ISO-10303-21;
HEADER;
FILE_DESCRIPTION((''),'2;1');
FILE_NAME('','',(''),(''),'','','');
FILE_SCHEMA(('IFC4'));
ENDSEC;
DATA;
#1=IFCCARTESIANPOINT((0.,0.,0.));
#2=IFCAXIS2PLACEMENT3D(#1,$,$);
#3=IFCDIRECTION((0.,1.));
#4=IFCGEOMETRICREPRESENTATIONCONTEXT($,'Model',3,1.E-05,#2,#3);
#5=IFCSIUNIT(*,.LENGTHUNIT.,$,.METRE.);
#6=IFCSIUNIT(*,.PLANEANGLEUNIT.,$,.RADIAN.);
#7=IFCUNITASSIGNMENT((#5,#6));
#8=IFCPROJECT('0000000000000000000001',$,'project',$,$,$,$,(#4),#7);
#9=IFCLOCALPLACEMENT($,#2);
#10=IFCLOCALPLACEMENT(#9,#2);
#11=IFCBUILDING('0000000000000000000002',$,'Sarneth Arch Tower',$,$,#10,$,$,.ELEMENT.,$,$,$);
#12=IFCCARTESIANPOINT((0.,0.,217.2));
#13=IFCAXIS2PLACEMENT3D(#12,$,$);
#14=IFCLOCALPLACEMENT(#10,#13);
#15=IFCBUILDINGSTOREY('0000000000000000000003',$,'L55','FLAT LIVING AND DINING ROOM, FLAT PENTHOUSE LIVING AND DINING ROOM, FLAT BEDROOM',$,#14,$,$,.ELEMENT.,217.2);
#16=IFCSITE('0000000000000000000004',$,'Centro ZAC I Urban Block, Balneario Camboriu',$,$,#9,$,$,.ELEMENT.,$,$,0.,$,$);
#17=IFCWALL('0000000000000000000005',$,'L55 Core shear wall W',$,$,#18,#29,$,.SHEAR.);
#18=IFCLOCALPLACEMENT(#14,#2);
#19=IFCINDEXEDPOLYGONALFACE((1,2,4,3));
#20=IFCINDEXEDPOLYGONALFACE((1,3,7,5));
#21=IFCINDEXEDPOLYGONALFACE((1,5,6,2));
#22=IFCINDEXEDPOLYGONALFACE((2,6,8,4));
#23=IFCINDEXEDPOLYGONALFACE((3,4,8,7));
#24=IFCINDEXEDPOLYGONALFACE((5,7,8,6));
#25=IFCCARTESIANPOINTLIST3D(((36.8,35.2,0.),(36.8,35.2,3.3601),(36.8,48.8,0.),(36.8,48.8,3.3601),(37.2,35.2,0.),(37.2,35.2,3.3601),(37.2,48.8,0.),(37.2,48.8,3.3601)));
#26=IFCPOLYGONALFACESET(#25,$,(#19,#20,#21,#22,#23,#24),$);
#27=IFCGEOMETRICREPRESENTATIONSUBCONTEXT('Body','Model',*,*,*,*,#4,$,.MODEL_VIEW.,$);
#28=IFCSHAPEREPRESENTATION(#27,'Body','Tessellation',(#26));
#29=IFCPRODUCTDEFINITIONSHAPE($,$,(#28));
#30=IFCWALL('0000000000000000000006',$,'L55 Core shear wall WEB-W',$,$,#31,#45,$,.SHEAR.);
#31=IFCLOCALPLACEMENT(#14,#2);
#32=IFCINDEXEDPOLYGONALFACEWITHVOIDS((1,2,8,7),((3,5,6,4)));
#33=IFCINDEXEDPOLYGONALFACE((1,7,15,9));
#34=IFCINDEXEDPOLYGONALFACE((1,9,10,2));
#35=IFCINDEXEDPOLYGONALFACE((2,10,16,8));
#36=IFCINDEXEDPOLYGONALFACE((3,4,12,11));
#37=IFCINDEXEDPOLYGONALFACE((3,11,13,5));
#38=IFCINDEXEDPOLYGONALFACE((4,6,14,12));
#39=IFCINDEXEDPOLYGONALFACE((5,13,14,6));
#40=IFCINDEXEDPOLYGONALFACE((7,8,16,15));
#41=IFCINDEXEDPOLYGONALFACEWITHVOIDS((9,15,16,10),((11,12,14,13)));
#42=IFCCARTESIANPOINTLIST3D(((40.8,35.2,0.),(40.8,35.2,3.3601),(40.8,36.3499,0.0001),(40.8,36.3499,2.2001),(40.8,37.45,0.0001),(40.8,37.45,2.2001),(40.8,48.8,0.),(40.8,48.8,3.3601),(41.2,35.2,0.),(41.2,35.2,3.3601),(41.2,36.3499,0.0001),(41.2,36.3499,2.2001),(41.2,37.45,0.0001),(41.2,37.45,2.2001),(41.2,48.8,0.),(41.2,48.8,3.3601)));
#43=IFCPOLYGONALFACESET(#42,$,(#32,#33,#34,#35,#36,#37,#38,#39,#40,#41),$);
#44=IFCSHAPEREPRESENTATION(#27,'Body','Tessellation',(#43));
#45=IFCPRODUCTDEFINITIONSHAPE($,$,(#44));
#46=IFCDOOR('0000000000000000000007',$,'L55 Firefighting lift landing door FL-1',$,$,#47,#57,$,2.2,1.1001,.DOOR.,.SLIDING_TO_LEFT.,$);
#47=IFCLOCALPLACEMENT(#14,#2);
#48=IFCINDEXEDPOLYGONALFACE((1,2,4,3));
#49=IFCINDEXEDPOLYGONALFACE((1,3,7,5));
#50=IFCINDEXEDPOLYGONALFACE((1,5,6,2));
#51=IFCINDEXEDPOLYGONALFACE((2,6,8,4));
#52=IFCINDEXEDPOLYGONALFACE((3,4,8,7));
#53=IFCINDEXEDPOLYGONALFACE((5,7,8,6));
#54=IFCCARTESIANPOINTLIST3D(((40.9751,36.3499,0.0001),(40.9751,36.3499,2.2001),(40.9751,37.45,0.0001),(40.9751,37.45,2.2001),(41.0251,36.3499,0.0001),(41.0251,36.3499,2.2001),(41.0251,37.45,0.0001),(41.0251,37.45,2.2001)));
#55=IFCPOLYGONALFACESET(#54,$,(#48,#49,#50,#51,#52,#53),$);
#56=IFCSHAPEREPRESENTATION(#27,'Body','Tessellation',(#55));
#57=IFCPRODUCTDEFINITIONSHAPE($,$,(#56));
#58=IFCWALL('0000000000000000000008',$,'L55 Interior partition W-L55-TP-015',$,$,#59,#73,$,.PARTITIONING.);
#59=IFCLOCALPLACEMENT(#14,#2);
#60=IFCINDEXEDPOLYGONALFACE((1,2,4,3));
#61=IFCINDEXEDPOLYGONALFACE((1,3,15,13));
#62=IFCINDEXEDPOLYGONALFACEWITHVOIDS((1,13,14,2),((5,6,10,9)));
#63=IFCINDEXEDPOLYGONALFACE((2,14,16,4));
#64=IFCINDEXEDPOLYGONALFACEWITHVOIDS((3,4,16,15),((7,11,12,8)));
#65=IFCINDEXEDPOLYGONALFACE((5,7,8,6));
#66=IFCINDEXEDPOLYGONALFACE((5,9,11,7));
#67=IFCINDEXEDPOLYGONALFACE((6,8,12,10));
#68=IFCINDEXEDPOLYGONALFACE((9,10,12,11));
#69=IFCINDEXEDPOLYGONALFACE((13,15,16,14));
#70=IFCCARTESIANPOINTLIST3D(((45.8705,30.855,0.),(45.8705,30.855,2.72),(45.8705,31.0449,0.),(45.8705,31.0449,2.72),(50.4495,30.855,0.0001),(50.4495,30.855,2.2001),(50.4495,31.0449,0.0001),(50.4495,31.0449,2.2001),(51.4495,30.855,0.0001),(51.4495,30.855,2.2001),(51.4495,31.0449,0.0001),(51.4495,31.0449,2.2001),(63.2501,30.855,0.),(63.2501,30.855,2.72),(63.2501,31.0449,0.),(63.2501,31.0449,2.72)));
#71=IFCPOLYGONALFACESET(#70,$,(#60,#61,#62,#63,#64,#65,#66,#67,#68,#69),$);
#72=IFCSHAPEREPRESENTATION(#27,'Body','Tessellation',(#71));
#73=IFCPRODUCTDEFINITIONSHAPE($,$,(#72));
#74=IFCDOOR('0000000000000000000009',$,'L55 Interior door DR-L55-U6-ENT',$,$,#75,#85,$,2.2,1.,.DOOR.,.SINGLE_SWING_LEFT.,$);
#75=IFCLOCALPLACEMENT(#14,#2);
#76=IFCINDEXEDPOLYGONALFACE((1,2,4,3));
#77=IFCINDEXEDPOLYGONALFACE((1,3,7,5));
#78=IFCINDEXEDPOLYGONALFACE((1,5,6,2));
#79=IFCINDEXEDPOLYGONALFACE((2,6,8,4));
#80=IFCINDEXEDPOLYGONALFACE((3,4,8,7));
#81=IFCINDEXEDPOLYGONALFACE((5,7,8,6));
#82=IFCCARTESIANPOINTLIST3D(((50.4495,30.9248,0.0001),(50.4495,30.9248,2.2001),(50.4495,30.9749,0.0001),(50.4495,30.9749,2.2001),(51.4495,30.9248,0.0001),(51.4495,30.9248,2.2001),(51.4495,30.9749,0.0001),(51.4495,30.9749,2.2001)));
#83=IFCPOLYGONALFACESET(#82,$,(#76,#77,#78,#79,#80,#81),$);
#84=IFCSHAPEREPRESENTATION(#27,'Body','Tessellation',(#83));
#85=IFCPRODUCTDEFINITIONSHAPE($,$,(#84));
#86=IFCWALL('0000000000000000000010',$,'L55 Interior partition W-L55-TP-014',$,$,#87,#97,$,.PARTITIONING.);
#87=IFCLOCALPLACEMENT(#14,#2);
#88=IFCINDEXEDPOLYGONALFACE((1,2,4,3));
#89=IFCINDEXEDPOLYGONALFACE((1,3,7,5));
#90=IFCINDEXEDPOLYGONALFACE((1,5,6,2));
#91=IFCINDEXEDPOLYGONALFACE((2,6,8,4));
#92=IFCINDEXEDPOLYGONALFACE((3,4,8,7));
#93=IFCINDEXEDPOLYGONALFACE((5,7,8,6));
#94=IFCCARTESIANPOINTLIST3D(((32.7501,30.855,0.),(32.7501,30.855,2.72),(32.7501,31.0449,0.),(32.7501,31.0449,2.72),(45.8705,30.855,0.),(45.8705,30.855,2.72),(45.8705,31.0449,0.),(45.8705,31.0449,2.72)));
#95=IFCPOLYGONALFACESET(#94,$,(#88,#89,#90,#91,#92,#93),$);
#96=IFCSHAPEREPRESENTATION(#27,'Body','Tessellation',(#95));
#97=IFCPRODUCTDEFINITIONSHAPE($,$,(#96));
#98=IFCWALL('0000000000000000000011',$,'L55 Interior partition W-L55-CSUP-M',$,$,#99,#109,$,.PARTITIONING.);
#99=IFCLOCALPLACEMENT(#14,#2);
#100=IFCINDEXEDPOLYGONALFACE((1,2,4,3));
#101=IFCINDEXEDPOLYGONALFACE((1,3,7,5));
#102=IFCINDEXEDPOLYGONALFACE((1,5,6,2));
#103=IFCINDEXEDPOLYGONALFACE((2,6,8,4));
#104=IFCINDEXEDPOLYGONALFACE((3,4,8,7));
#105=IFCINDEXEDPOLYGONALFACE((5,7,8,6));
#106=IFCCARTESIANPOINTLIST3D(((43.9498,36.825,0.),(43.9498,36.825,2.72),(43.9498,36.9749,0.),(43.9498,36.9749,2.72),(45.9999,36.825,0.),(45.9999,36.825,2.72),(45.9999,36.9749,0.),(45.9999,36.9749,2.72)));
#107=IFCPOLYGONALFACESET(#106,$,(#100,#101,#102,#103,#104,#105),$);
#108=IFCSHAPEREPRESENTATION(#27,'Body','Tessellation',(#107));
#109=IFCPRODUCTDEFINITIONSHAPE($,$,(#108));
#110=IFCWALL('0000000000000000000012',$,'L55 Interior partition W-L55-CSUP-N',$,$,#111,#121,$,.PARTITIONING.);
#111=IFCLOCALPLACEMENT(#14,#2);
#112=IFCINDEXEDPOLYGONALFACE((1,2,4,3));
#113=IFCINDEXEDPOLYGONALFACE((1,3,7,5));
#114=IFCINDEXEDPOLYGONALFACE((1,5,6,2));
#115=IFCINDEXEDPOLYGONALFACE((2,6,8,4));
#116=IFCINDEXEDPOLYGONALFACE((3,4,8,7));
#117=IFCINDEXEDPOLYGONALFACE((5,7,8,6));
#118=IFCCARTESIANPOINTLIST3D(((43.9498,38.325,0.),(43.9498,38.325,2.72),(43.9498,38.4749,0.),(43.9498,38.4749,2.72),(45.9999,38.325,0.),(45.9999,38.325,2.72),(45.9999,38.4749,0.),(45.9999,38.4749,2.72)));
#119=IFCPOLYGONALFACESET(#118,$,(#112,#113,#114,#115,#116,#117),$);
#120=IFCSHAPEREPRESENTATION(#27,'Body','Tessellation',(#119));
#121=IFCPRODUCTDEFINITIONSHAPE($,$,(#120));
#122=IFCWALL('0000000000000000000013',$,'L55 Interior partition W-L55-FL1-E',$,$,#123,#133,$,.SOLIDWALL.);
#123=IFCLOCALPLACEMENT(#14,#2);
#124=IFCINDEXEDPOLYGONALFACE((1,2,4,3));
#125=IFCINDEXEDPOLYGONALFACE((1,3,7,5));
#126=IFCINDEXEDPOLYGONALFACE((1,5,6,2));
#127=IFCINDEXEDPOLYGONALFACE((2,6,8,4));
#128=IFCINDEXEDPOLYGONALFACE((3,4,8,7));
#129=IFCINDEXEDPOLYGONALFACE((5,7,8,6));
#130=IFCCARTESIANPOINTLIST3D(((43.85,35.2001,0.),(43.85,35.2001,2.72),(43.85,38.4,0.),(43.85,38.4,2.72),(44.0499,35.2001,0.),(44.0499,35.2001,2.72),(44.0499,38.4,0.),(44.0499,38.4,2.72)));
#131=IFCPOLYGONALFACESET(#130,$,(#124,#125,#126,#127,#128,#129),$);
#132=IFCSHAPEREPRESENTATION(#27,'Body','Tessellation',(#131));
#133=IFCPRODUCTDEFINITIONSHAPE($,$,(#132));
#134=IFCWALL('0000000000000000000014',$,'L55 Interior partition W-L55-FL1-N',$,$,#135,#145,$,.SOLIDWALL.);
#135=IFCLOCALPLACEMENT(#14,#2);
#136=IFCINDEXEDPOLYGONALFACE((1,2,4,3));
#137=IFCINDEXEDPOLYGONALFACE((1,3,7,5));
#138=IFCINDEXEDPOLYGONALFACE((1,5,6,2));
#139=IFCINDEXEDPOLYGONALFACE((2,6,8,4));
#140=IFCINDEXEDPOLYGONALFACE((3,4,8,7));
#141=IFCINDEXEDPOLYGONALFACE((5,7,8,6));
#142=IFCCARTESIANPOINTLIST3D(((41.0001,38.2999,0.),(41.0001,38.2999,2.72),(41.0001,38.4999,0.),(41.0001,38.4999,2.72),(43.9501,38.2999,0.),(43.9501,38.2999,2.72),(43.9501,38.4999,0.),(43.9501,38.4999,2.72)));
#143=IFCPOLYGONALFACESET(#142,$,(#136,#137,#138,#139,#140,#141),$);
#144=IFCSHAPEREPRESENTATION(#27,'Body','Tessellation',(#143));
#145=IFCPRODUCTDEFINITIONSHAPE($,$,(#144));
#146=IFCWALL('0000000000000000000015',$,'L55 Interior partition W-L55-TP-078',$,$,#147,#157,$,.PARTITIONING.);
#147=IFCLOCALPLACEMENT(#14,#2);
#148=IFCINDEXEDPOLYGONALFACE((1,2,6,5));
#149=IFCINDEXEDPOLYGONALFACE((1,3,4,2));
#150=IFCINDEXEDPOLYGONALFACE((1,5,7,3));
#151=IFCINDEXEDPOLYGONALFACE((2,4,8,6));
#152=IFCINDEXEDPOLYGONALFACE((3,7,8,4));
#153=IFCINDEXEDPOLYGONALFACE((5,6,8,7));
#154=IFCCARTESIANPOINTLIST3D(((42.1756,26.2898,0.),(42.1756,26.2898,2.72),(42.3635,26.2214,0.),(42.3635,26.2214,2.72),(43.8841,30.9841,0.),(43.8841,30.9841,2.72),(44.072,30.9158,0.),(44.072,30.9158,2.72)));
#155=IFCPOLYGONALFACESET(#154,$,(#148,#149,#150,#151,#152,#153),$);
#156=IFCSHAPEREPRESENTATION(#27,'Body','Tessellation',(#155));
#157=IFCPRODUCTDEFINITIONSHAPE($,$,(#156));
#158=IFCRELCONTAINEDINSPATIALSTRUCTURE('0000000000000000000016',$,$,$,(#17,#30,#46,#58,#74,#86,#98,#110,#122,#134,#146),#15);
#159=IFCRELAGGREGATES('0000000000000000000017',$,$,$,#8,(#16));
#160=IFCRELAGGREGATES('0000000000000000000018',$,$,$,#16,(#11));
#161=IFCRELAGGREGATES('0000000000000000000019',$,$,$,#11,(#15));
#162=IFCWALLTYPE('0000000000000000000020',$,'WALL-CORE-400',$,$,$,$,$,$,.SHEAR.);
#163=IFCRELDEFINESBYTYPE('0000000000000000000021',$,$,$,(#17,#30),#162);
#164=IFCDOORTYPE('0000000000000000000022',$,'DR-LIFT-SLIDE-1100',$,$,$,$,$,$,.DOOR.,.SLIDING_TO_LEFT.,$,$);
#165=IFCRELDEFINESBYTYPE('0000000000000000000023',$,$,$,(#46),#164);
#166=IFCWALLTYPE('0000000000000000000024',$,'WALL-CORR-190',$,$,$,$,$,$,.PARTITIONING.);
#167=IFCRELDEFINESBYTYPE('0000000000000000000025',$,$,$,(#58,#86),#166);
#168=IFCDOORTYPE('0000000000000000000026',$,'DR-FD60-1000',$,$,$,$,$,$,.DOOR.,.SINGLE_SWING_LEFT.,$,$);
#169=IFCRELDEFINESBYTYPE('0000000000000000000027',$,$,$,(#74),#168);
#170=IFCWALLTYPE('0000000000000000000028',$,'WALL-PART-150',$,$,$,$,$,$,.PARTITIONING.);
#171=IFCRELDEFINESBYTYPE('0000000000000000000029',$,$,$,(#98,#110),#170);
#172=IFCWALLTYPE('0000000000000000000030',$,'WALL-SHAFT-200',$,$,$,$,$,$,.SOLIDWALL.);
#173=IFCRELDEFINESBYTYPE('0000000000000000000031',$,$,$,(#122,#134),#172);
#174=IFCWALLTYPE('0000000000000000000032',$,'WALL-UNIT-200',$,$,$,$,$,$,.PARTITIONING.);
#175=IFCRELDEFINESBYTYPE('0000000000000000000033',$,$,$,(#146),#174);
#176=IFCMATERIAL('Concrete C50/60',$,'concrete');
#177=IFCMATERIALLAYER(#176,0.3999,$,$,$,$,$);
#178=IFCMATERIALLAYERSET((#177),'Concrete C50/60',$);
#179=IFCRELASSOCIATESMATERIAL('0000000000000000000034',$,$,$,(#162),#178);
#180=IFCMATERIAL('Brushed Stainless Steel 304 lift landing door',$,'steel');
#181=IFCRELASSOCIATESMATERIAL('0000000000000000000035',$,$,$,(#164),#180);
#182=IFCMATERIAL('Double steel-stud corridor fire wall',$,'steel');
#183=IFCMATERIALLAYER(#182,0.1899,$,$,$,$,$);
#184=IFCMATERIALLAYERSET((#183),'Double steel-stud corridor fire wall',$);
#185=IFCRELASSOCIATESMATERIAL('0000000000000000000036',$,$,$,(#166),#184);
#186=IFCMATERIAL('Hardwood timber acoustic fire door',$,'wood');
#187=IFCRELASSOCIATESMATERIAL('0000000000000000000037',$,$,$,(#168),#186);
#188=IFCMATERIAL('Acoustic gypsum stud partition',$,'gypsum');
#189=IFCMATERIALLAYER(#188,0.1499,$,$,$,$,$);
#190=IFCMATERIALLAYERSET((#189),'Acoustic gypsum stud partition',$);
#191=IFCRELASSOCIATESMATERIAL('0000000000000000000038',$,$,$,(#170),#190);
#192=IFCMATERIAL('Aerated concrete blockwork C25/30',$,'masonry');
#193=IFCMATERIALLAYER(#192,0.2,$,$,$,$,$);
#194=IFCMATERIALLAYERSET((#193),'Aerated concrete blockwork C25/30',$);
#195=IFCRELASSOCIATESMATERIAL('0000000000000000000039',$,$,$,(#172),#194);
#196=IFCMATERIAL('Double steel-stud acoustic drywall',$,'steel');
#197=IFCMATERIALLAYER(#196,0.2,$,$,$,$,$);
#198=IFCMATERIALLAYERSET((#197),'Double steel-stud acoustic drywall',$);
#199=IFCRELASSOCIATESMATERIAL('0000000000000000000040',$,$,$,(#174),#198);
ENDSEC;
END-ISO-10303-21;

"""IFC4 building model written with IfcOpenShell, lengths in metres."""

from ifc_helpers import new_model, si_unit, direction, frame, frame_2d, origin, place, context, subcontext, project, spatial, rectangle, extrude, material, layer, layer_set, type_object, element, fill, save


model = new_model("IFC4")

# Units and contexts
model_context = context("Model", 3, precision=1e-05, world=origin(), true_north=direction((0.0, 1.0)))
body_context = subcontext(model_context, "Body", "Model", "MODEL_VIEW")
ifc_project = project(units=[si_unit("LENGTHUNIT", "METRE"), si_unit("PLANEANGLEUNIT", "RADIAN")], contexts=[model_context])

# Site, building, storey
site_placement = place(None, origin())
site = spatial("IfcSite", under=ifc_project, at=site_placement, Name="Centro ZAC I Urban Block, Balneario Camboriu", CompositionType="ELEMENT", RefElevation=0.0)
building_placement = place(site_placement, origin())
building = spatial("IfcBuilding", under=site, at=building_placement, Name="Sarneth Arch Tower", CompositionType="ELEMENT")
storey_placement = place(building_placement, frame((0.0, 0.0, 217.2)))
storey = spatial("IfcBuildingStorey", under=building, at=storey_placement, Name="L55", Description="FLAT LIVING AND DINING ROOM, FLAT PENTHOUSE LIVING AND DINING ROOM, FLAT BEDROOM", CompositionType="ELEMENT", Elevation=217.2)

# Shared definitions
ifc_material_1 = material(Name="Concrete C50/60", Category="concrete")
ifc_layer_1 = layer(ifc_material_1, 0.3999)
ifc_layer_set_1 = layer_set([ifc_layer_1], Name="Concrete C50/60")
wall_type_1 = type_object("IfcWallType", Name="WALL-CORE-400", PredefinedType="SHEAR", material=ifc_layer_set_1)

# Wall
wall_1_placement = place(storey_placement, frame((37.0, 35.2, 0.0), z_axis=(0.0, 0.0, 1.0), x_axis=(0.0, 1.0, 0.0)))
element("IfcWall", 1, at=wall_1_placement, inside=storey, type_object=wall_type_1, Name="L55 Core shear wall W", PredefinedType="SHEAR", context=body_context, shape_type="SweptSolid", body=[
    extrude(rectangle(XDim=13.6001, YDim=0.3999, at=frame_2d((6.8, 0.0))), origin(), (0.0, 0.0, 1.0), 3.3601),
])

# Walls, openings, doors
wall_2_placement = place(storey_placement, frame((41.0, 35.2, 0.0), z_axis=(0.0, 0.0, 1.0), x_axis=(0.0, 1.0, 0.0)))
wall_2 = element("IfcWall", 2, at=wall_2_placement, inside=storey, type_object=wall_type_1, Name="L55 Core shear wall WEB-W", PredefinedType="SHEAR", context=body_context, shape_type="SweptSolid", body=[
    extrude(rectangle(XDim=13.6001, YDim=0.3999, at=frame_2d((6.8, 0.0))), origin(), (0.0, 0.0, 1.0), 3.3601),
])
opening_1_placement = place(wall_2_placement, frame((1.1499, 0.0, 0.0)))
opening_1 = element("IfcOpeningElement", 3, at=opening_1_placement, cuts=wall_2, PredefinedType="OPENING", context=body_context, shape_type="SweptSolid", body=[
    extrude(rectangle(XDim=1.1001, YDim=2.2, at=frame_2d((0.55, 1.1001))), frame((0.0, 0.21, 0.0), z_axis=(0.0, -1.0, 0.0), x_axis=(1.0, 0.0, 0.0)), (0.0, 0.0, 1.0), 0.4199),
])
ifc_material_2 = material(Name="Brushed Stainless Steel 304 lift landing door", Category="steel")
door_type_1 = type_object("IfcDoorType", Name="DR-LIFT-SLIDE-1100", OperationType="SLIDING_TO_LEFT", PredefinedType="DOOR", material=ifc_material_2)
door_1_placement = place(opening_1_placement, origin())
door_1 = element("IfcDoor", 4, at=door_1_placement, inside=storey, type_object=door_type_1, Name="L55 Firefighting lift landing door FL-1", OperationType="SLIDING_TO_LEFT", OverallHeight=2.2, OverallWidth=1.1001, PredefinedType="DOOR", context=body_context, shape_type="SweptSolid", body=[
    extrude(rectangle(XDim=1.1001, YDim=2.2, at=frame_2d((0.55, 1.1001))), frame((0.0, 0.0249, 0.0), z_axis=(0.0, -1.0, 0.0), x_axis=(1.0, 0.0, 0.0)), (0.0, 0.0, 1.0), 0.05),
])
fill(opening_1, door_1)
ifc_material_3 = material(Name="Double steel-stud corridor fire wall", Category="steel")
ifc_layer_2 = layer(ifc_material_3, 0.1899)
ifc_layer_set_2 = layer_set([ifc_layer_2], Name="Double steel-stud corridor fire wall")
wall_type_2 = type_object("IfcWallType", Name="WALL-CORR-190", PredefinedType="PARTITIONING", material=ifc_layer_set_2)
wall_3_placement = place(storey_placement, frame((45.8704, 30.95, 0.0), z_axis=(0.0, 0.0, 1.0), x_axis=(1.0, 0.0, 0.0)))
wall_3 = element("IfcWall", 5, at=wall_3_placement, inside=storey, type_object=wall_type_2, Name="L55 Interior partition W-L55-TP-015", PredefinedType="PARTITIONING", context=body_context, shape_type="SweptSolid", body=[
    extrude(rectangle(XDim=17.3796, YDim=0.1899, at=frame_2d((8.6899, 0.0))), origin(), (0.0, 0.0, 1.0), 2.72),
])
opening_2_placement = place(wall_3_placement, frame((4.5791, 0.0, 0.0)))
opening_2 = element("IfcOpeningElement", 6, at=opening_2_placement, cuts=wall_3, PredefinedType="OPENING", context=body_context, shape_type="SweptSolid", body=[
    extrude(rectangle(XDim=1.0, YDim=2.2, at=frame_2d((0.5, 1.1001))), frame((0.0, 0.105, 0.0), z_axis=(0.0, -1.0, 0.0), x_axis=(1.0, 0.0, 0.0)), (0.0, 0.0, 1.0), 0.21),
])
ifc_material_4 = material(Name="Hardwood timber acoustic fire door", Category="wood")
door_type_2 = type_object("IfcDoorType", Name="DR-FD60-1000", OperationType="SINGLE_SWING_LEFT", PredefinedType="DOOR", material=ifc_material_4)
door_2_placement = place(opening_2_placement, origin())
door_2 = element("IfcDoor", 7, at=door_2_placement, inside=storey, type_object=door_type_2, Name="L55 Interior door DR-L55-U6-ENT", OperationType="SINGLE_SWING_LEFT", OverallHeight=2.2, OverallWidth=1.0, PredefinedType="DOOR", context=body_context, shape_type="SweptSolid", body=[
    extrude(rectangle(XDim=1.0, YDim=2.2, at=frame_2d((0.5, 1.1001))), frame((0.0, 0.0249, 0.0), z_axis=(0.0, -1.0, 0.0), x_axis=(1.0, 0.0, 0.0)), (0.0, 0.0, 1.0), 0.05),
])
fill(opening_2, door_2)

# Wall
wall_4_placement = place(storey_placement, frame((45.8704, 30.95, 0.0), z_axis=(0.0, 0.0, 1.0), x_axis=(-1.0, 0.0, 0.0)))
element("IfcWall", 8, at=wall_4_placement, inside=storey, type_object=wall_type_2, Name="L55 Interior partition W-L55-TP-014", PredefinedType="PARTITIONING", context=body_context, shape_type="SweptSolid", body=[
    extrude(rectangle(XDim=13.1204, YDim=0.1899, at=frame_2d((6.5601, 0.0))), origin(), (0.0, 0.0, 1.0), 2.72),
])

# Shared definitions
ifc_material_5 = material(Name="Acoustic gypsum stud partition", Category="gypsum")
ifc_layer_3 = layer(ifc_material_5, 0.1499)
ifc_layer_set_3 = layer_set([ifc_layer_3], Name="Acoustic gypsum stud partition")
wall_type_3 = type_object("IfcWallType", Name="WALL-PART-150", PredefinedType="PARTITIONING", material=ifc_layer_set_3)

# Walls
for number, where, z_axis, x_axis, name in (
    (9, (43.95, 36.8999, 0.0), (0.0, 0.0, 1.0), (1.0, 0.0, 0.0), "L55 Interior partition W-L55-CSUP-M"),
    (10, (43.95, 38.3999, 0.0), (0.0, 0.0, 1.0), (1.0, 0.0, 0.0), "L55 Interior partition W-L55-CSUP-N"),
):
    element("IfcWall", number, at=place(storey_placement, frame(where, z_axis=z_axis, x_axis=x_axis)), inside=storey, type_object=wall_type_3, Name=name, PredefinedType="PARTITIONING", context=body_context, shape_type="SweptSolid", body=[
        extrude(rectangle(XDim=2.05, YDim=0.1499, at=frame_2d((1.0249, 0.0))), origin(), (0.0, 0.0, 1.0), 2.72),
    ])

# Shared definitions
ifc_material_6 = material(Name="Aerated concrete blockwork C25/30", Category="masonry")
ifc_layer_4 = layer(ifc_material_6, 0.2)
ifc_layer_set_4 = layer_set([ifc_layer_4], Name="Aerated concrete blockwork C25/30")
wall_type_4 = type_object("IfcWallType", Name="WALL-SHAFT-200", PredefinedType="SOLIDWALL", material=ifc_layer_set_4)

# Walls
wall_5_placement = place(storey_placement, frame((43.95, 35.2, 0.0), z_axis=(0.0, 0.0, 1.0), x_axis=(0.0, 1.0, 0.0)))
element("IfcWall", 11, at=wall_5_placement, inside=storey, type_object=wall_type_4, Name="L55 Interior partition W-L55-FL1-E", PredefinedType="SOLIDWALL", context=body_context, shape_type="SweptSolid", body=[
    extrude(rectangle(XDim=3.2, YDim=0.2, at=frame_2d((1.6001, 0.0))), origin(), (0.0, 0.0, 1.0), 2.72),
])
wall_6_placement = place(storey_placement, frame((41.0, 38.3999, 0.0), z_axis=(0.0, 0.0, 1.0), x_axis=(1.0, 0.0, 0.0)))
element("IfcWall", 12, at=wall_6_placement, inside=storey, type_object=wall_type_4, Name="L55 Interior partition W-L55-FL1-N", PredefinedType="SOLIDWALL", context=body_context, shape_type="SweptSolid", body=[
    extrude(rectangle(XDim=2.95, YDim=0.2, at=frame_2d((1.4751, 0.0))), origin(), (0.0, 0.0, 1.0), 2.72),
])
ifc_material_7 = material(Name="Double steel-stud acoustic drywall", Category="steel")
ifc_layer_5 = layer(ifc_material_7, 0.2)
ifc_layer_set_5 = layer_set([ifc_layer_5], Name="Double steel-stud acoustic drywall")
wall_type_5 = type_object("IfcWallType", Name="WALL-UNIT-200", PredefinedType="PARTITIONING", material=ifc_layer_set_5)
wall_7_placement = place(storey_placement, frame((43.978, 30.95, 0.0), z_axis=(0.0, 0.0, 1.0), x_axis=(-0.342002, -0.939699, 0.0)))
element("IfcWall", 13, at=wall_7_placement, inside=storey, type_object=wall_type_5, Name="L55 Interior partition W-L55-TP-078", PredefinedType="PARTITIONING", context=body_context, shape_type="SweptSolid", body=[
    extrude(rectangle(XDim=4.9956, YDim=0.2, at=frame_2d((2.4978, 0.0))), origin(), (0.0, 0.0, 1.0), 2.72),
])

save(model, "model.ifc")
